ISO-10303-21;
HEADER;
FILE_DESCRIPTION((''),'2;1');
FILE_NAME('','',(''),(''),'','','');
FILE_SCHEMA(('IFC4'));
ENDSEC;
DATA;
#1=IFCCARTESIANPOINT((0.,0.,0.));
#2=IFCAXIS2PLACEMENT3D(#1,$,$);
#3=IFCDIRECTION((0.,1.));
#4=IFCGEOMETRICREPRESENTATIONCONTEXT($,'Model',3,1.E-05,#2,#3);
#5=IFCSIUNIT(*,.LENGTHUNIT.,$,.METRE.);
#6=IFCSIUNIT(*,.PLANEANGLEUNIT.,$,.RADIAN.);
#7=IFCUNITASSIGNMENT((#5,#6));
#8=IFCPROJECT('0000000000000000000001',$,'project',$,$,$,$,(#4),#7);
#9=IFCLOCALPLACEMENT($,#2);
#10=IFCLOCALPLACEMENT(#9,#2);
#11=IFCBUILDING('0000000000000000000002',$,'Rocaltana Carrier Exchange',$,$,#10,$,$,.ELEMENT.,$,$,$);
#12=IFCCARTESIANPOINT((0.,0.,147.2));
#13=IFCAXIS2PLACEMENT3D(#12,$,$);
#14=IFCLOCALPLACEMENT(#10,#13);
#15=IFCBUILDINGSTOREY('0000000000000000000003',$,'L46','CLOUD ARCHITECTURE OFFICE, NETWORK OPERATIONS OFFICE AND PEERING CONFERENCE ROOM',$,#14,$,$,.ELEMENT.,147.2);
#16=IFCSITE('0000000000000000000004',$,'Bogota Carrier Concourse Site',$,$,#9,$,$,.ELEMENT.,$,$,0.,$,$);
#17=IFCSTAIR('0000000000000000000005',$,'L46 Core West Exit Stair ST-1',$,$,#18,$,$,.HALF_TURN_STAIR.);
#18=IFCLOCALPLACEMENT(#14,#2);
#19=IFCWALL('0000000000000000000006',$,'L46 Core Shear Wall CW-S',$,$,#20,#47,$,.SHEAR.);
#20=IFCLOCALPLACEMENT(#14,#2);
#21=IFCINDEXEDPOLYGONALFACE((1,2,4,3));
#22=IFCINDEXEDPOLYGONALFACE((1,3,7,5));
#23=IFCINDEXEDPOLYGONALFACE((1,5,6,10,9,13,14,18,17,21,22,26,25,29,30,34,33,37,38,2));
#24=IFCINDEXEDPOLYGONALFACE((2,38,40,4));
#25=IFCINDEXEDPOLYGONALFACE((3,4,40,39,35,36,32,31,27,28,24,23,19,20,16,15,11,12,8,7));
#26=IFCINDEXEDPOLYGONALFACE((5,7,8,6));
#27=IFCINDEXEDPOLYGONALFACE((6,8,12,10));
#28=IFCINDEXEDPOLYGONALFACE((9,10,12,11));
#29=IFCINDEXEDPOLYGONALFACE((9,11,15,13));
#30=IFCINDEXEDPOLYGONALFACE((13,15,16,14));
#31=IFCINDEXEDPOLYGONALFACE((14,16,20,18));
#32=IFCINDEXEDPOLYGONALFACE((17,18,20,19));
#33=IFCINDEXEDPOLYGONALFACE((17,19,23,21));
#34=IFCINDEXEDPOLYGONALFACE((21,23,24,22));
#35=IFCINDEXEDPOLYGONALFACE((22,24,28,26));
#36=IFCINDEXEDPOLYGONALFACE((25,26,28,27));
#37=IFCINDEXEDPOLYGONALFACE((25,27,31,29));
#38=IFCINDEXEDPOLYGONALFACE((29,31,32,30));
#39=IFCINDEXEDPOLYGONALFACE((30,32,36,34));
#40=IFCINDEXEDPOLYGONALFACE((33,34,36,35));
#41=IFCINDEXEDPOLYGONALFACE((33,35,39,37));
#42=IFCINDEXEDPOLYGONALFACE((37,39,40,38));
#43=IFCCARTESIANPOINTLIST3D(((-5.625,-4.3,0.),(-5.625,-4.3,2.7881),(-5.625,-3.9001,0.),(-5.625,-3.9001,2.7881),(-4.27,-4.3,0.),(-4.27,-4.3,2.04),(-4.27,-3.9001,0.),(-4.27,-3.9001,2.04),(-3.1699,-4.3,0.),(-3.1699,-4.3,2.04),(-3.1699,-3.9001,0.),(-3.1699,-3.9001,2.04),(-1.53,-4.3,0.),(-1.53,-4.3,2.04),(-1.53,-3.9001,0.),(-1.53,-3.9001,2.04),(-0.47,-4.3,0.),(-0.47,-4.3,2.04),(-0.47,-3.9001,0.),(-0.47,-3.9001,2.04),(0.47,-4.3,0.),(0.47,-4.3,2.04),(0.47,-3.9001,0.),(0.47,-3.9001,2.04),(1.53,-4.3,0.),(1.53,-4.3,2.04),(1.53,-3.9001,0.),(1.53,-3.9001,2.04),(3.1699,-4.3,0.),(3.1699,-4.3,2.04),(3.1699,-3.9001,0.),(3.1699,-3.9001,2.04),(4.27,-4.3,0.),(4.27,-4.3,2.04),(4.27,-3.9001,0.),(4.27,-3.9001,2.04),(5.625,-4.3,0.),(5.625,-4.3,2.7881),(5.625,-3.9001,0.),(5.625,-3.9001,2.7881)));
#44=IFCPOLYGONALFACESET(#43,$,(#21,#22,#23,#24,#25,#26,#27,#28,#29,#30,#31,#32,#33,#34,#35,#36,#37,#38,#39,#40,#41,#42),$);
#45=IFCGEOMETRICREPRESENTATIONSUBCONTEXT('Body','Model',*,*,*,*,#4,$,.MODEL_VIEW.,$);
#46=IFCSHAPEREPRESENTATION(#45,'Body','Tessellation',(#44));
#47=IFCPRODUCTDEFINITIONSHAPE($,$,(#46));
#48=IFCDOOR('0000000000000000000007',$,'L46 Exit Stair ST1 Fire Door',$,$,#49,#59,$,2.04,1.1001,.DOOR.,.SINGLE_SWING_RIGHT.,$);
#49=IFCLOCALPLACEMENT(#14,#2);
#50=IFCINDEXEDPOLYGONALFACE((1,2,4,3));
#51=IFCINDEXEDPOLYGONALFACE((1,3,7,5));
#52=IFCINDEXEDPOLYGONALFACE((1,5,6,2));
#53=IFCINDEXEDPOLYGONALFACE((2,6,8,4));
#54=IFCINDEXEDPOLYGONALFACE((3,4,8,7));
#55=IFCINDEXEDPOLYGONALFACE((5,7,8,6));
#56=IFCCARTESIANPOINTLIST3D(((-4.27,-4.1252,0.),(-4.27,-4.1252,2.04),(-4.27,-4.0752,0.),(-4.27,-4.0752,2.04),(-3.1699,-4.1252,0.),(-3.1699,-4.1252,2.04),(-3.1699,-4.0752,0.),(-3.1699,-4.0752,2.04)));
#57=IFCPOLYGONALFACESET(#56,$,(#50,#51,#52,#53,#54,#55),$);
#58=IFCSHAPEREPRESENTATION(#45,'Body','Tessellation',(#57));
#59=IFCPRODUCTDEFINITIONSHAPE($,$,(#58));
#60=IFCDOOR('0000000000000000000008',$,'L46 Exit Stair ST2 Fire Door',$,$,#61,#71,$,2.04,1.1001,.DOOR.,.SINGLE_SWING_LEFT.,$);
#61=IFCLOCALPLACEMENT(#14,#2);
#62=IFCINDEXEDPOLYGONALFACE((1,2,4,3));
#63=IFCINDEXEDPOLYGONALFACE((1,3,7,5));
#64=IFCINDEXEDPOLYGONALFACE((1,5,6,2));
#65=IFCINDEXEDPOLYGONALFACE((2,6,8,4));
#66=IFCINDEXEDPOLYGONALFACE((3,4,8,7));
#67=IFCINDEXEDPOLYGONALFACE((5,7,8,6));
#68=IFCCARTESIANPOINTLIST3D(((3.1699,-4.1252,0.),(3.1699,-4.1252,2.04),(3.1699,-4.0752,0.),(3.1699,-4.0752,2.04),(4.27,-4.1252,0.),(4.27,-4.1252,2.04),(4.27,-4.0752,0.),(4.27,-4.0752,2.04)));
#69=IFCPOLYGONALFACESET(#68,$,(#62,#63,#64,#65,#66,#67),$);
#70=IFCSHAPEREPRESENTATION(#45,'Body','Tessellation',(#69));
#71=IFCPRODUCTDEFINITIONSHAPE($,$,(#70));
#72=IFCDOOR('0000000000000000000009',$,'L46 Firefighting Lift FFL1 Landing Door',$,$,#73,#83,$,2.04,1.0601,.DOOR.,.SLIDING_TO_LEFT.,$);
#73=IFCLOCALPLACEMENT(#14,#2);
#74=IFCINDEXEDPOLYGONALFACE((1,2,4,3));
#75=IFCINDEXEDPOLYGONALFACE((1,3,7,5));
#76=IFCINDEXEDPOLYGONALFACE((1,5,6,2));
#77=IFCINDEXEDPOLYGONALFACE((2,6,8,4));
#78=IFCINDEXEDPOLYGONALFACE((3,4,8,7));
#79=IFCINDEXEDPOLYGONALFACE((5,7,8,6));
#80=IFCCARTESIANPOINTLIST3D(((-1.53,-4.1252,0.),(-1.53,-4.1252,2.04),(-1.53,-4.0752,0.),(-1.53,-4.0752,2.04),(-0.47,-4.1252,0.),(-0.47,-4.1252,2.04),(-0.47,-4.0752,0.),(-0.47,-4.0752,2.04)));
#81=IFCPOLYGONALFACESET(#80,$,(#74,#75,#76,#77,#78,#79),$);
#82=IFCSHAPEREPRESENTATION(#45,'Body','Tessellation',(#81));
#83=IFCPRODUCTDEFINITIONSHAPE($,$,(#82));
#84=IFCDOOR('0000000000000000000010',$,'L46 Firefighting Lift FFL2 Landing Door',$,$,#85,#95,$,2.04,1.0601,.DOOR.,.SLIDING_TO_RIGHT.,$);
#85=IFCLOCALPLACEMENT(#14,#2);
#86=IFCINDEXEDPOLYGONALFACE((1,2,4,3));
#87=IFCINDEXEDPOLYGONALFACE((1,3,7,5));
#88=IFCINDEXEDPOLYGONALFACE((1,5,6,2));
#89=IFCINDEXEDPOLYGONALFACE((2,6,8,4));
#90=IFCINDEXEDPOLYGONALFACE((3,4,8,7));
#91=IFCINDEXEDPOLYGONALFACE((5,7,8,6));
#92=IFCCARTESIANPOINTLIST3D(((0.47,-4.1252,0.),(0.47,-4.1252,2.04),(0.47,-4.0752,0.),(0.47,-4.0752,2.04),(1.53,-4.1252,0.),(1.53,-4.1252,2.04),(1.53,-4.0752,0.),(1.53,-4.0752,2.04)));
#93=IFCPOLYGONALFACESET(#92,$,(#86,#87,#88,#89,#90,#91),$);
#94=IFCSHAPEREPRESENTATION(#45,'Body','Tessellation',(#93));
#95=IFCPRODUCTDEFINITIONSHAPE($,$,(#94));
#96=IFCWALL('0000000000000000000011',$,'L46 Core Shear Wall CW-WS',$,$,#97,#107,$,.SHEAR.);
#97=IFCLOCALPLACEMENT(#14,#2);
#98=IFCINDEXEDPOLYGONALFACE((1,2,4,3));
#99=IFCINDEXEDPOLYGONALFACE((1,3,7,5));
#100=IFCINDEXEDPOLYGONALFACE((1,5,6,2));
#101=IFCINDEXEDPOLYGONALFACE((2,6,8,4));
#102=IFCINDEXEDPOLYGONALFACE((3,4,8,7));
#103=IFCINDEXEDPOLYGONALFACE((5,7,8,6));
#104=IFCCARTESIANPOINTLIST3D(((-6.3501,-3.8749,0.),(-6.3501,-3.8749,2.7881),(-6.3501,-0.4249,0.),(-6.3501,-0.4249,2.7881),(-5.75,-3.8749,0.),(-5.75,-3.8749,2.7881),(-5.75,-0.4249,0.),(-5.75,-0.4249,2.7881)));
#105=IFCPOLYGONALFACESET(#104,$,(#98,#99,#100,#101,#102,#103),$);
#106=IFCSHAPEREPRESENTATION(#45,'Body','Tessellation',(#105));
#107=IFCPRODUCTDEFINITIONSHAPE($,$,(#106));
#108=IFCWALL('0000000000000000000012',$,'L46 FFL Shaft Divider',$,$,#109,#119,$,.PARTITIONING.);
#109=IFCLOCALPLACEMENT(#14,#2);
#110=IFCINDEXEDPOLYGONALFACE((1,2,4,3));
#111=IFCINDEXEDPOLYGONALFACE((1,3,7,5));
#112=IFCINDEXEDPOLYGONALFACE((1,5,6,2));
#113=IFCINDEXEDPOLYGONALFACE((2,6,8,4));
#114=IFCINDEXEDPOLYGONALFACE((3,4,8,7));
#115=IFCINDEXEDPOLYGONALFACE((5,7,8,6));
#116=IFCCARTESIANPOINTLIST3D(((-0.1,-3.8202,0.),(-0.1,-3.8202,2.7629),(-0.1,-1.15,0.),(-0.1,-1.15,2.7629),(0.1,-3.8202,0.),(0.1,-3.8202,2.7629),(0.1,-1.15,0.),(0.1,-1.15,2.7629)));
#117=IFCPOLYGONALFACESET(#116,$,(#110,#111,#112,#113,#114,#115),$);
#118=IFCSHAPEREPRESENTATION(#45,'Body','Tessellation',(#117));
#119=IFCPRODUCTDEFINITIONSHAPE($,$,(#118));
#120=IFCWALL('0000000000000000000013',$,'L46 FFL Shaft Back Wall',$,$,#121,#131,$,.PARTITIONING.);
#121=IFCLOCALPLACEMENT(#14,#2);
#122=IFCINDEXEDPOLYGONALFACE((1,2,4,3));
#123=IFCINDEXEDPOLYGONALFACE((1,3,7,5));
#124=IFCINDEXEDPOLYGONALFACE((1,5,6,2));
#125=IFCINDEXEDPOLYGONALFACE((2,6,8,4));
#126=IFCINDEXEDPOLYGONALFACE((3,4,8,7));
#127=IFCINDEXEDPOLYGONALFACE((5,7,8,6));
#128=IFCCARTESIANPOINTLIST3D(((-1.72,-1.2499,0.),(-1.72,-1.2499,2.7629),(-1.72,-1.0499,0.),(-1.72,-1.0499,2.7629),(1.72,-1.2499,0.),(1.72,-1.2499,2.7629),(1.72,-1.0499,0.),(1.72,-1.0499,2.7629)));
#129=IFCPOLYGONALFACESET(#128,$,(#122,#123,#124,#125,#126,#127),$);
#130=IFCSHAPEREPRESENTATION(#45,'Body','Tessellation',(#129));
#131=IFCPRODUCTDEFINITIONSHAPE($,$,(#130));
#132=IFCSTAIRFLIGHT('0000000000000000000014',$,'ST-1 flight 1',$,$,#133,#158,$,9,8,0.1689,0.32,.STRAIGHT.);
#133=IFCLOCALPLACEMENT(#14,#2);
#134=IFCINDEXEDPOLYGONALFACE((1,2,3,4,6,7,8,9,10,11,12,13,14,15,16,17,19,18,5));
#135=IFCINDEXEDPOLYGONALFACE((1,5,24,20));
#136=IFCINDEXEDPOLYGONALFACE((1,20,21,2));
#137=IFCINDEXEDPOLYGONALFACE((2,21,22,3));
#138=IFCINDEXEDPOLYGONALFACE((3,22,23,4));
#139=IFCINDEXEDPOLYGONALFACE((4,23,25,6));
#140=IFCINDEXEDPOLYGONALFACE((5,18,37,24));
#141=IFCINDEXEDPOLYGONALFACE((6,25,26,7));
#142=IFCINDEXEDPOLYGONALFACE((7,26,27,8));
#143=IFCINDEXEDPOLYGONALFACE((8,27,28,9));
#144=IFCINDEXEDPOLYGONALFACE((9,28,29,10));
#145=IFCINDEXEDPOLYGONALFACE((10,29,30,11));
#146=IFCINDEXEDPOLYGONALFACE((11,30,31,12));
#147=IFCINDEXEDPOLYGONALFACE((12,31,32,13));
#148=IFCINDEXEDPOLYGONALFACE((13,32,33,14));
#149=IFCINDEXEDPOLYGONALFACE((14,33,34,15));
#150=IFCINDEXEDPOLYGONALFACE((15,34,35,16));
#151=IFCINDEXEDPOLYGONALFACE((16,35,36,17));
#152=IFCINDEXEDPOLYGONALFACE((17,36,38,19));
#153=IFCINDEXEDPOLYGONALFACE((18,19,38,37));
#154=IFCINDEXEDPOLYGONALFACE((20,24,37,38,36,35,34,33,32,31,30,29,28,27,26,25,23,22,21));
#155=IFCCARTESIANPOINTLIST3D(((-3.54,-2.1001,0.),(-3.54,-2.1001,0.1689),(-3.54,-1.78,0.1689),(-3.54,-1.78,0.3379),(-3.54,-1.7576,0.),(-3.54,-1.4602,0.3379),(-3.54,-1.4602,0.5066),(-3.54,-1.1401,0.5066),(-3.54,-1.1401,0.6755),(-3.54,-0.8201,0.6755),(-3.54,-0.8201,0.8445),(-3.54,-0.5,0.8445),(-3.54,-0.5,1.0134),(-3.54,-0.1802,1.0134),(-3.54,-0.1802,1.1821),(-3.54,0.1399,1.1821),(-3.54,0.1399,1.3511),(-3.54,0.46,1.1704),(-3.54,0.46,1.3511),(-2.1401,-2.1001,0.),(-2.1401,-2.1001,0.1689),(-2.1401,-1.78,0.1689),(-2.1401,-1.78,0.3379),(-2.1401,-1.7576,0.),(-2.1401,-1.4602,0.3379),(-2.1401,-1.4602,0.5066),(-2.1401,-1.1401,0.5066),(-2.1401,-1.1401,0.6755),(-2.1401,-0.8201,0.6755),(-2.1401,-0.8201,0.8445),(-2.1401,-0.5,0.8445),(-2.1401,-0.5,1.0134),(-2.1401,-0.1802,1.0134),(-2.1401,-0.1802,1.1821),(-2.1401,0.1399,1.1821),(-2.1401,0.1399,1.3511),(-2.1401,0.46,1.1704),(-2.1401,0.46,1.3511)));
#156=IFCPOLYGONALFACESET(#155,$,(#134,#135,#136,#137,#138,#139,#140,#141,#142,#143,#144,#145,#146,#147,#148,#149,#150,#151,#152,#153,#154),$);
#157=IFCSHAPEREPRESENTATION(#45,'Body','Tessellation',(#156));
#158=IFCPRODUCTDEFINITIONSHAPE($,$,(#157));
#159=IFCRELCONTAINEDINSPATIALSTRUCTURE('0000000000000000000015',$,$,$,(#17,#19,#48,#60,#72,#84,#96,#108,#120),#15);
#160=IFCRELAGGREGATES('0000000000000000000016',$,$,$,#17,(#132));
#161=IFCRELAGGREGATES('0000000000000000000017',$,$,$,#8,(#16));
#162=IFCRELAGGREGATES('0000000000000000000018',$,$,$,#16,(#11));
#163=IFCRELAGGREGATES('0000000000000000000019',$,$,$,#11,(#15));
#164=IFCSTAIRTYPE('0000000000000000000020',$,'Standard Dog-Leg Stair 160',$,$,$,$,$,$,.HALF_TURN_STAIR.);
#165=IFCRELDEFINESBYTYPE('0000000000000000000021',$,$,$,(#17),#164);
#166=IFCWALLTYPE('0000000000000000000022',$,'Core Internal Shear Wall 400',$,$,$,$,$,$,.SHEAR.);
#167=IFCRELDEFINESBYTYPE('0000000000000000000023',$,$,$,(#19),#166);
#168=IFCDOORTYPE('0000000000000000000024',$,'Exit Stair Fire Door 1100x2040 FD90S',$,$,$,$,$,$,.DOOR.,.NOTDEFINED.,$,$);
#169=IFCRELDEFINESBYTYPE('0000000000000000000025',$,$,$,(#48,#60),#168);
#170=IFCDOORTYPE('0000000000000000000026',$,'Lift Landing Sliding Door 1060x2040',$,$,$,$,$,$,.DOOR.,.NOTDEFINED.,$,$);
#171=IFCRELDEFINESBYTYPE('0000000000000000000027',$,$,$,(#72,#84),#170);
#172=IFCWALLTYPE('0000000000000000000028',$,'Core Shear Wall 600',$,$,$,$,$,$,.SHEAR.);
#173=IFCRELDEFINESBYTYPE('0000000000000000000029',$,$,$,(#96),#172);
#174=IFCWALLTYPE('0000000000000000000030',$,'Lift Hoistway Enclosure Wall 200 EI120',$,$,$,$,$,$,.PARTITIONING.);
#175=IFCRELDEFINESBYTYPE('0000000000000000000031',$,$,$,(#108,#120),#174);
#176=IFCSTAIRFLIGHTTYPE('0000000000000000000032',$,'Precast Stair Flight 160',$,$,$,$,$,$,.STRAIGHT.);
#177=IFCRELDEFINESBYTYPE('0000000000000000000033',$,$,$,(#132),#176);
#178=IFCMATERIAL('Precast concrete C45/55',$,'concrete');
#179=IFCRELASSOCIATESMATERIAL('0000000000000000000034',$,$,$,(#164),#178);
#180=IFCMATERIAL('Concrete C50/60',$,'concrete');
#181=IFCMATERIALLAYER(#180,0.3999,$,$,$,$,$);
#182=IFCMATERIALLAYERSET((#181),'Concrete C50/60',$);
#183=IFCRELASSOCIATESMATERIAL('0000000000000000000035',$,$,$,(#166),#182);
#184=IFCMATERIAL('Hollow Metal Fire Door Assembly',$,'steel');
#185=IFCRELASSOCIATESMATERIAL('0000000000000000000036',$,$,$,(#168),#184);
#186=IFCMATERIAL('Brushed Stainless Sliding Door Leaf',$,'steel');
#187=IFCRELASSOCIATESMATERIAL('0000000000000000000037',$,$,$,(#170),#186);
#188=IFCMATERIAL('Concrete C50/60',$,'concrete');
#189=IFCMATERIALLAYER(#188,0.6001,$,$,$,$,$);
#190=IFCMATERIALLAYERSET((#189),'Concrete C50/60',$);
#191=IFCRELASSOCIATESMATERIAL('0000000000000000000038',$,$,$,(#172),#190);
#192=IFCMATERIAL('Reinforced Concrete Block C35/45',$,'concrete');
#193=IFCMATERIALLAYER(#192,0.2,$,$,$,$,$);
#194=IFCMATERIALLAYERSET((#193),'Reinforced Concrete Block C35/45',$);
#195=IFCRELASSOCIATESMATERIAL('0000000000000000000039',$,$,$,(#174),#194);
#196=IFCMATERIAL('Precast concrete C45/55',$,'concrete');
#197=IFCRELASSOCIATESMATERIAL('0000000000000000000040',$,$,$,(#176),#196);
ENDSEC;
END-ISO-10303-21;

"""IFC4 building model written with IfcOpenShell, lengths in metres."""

from ifc_helpers import new_model, si_unit, direction, frame, frame_2d, origin, place, context, subcontext, project, spatial, polyline, rectangle, outline, extrude, material, layer, layer_set, type_object, element, fill, aggregate, save


model = new_model("IFC4")

# Units and contexts
model_context = context("Model", 3, precision=1e-05, world=origin(), true_north=direction((0.0, 1.0)))
body_context = subcontext(model_context, "Body", "Model", "MODEL_VIEW")
ifc_project = project(units=[si_unit("LENGTHUNIT", "METRE"), si_unit("PLANEANGLEUNIT", "RADIAN")], contexts=[model_context])

# Site, building, storey
site_placement = place(None, origin())
site = spatial("IfcSite", under=ifc_project, at=site_placement, Name="Bogota Carrier Concourse Site", CompositionType="ELEMENT", RefElevation=0.0)
building_placement = place(site_placement, origin())
building = spatial("IfcBuilding", under=site, at=building_placement, Name="Rocaltana Carrier Exchange", CompositionType="ELEMENT")
storey_placement = place(building_placement, frame((0.0, 0.0, 147.2)))
storey = spatial("IfcBuildingStorey", under=building, at=storey_placement, Name="L46", Description="CLOUD ARCHITECTURE OFFICE, NETWORK OPERATIONS OFFICE AND PEERING CONFERENCE ROOM", CompositionType="ELEMENT", Elevation=147.2)

# Stair
ifc_material_1 = material(Name="Precast concrete C45/55", Category="concrete")
stair_type = type_object("IfcStairType", Name="Standard Dog-Leg Stair 160", PredefinedType="HALF_TURN_STAIR", material=ifc_material_1)
stair_1_placement = place(storey_placement, origin())
stair_1 = element("IfcStair", 1, at=stair_1_placement, inside=storey, type_object=stair_type, Name="L46 Core West Exit Stair ST-1", PredefinedType="HALF_TURN_STAIR")

# Wall, openings, doors
ifc_material_2 = material(Name="Concrete C50/60", Category="concrete")
ifc_layer_1 = layer(ifc_material_2, 0.3999)
ifc_layer_set_1 = layer_set([ifc_layer_1], Name="Concrete C50/60")
wall_type_1 = type_object("IfcWallType", Name="Core Internal Shear Wall 400", PredefinedType="SHEAR", material=ifc_layer_set_1)
wall_1_placement = place(storey_placement, frame((-5.625, -4.1001, 0.0), z_axis=(0.0, 0.0, 1.0), x_axis=(1.0, 0.0, 0.0)))
wall_1 = element("IfcWall", 2, at=wall_1_placement, inside=storey, type_object=wall_type_1, Name="L46 Core Shear Wall CW-S", PredefinedType="SHEAR", context=body_context, shape_type="SweptSolid", body=[
    extrude(rectangle(XDim=11.25, YDim=0.3999, at=frame_2d((5.625, 0.0))), origin(), (0.0, 0.0, 1.0), 2.7881),
])
opening_1_placement = place(wall_1_placement, frame((1.355, 0.0, 0.0)))
opening_1 = element("IfcOpeningElement", 3, at=opening_1_placement, cuts=wall_1, PredefinedType="OPENING", context=body_context, shape_type="SweptSolid", body=[
    extrude(rectangle(XDim=1.1001, YDim=2.04, at=frame_2d((0.55, 1.02))), frame((0.0, 0.21, 0.0), z_axis=(0.0, -1.0, 0.0), x_axis=(1.0, 0.0, 0.0)), (0.0, 0.0, 1.0), 0.4199),
])
opening_2_placement = place(wall_1_placement, frame((8.7949, 0.0, 0.0)))
opening_2 = element("IfcOpeningElement", 4, at=opening_2_placement, cuts=wall_1, PredefinedType="OPENING", context=body_context, shape_type="SweptSolid", body=[
    extrude(rectangle(XDim=1.1001, YDim=2.04, at=frame_2d((0.55, 1.02))), frame((0.0, 0.21, 0.0), z_axis=(0.0, -1.0, 0.0), x_axis=(1.0, 0.0, 0.0)), (0.0, 0.0, 1.0), 0.4199),
])
opening_3_placement = place(wall_1_placement, frame((4.095, 0.0, 0.0)))
opening_3 = element("IfcOpeningElement", 5, at=opening_3_placement, cuts=wall_1, PredefinedType="OPENING", context=body_context, shape_type="SweptSolid", body=[
    extrude(rectangle(XDim=1.0601, YDim=2.04, at=frame_2d((0.53, 1.02))), frame((0.0, 0.21, 0.0), z_axis=(0.0, -1.0, 0.0), x_axis=(1.0, 0.0, 0.0)), (0.0, 0.0, 1.0), 0.4199),
])
opening_4_placement = place(wall_1_placement, frame((6.095, 0.0, 0.0)))
opening_4 = element("IfcOpeningElement", 6, at=opening_4_placement, cuts=wall_1, PredefinedType="OPENING", context=body_context, shape_type="SweptSolid", body=[
    extrude(rectangle(XDim=1.0601, YDim=2.04, at=frame_2d((0.53, 1.02))), frame((0.0, 0.21, 0.0), z_axis=(0.0, -1.0, 0.0), x_axis=(1.0, 0.0, 0.0)), (0.0, 0.0, 1.0), 0.4199),
])
ifc_material_3 = material(Name="Hollow Metal Fire Door Assembly", Category="steel")
door_type_1 = type_object("IfcDoorType", Name="Exit Stair Fire Door 1100x2040 FD90S", OperationType="NOTDEFINED", PredefinedType="DOOR", material=ifc_material_3)
door_1_placement = place(opening_1_placement, origin())
door_1 = element("IfcDoor", 7, at=door_1_placement, inside=storey, type_object=door_type_1, Name="L46 Exit Stair ST1 Fire Door", OperationType="SINGLE_SWING_RIGHT", OverallHeight=2.04, OverallWidth=1.1001, PredefinedType="DOOR", context=body_context, shape_type="SweptSolid", body=[
    extrude(rectangle(XDim=1.1001, YDim=2.04, at=frame_2d((0.55, 1.02))), frame((0.0, 0.0249, 0.0), z_axis=(0.0, -1.0, 0.0), x_axis=(1.0, 0.0, 0.0)), (0.0, 0.0, 1.0), 0.05),
])
fill(opening_1, door_1)
door_2_placement = place(opening_2_placement, origin())
door_2 = element("IfcDoor", 8, at=door_2_placement, inside=storey, type_object=door_type_1, Name="L46 Exit Stair ST2 Fire Door", OperationType="SINGLE_SWING_LEFT", OverallHeight=2.04, OverallWidth=1.1001, PredefinedType="DOOR", context=body_context, shape_type="SweptSolid", body=[
    extrude(rectangle(XDim=1.1001, YDim=2.04, at=frame_2d((0.55, 1.02))), frame((0.0, 0.0249, 0.0), z_axis=(0.0, -1.0, 0.0), x_axis=(1.0, 0.0, 0.0)), (0.0, 0.0, 1.0), 0.05),
])
fill(opening_2, door_2)
ifc_material_4 = material(Name="Brushed Stainless Sliding Door Leaf", Category="steel")
door_type_2 = type_object("IfcDoorType", Name="Lift Landing Sliding Door 1060x2040", OperationType="NOTDEFINED", PredefinedType="DOOR", material=ifc_material_4)
door_3_placement = place(opening_3_placement, origin())
door_3 = element("IfcDoor", 9, at=door_3_placement, inside=storey, type_object=door_type_2, Name="L46 Firefighting Lift FFL1 Landing Door", OperationType="SLIDING_TO_LEFT", OverallHeight=2.04, OverallWidth=1.0601, PredefinedType="DOOR", context=body_context, shape_type="SweptSolid", body=[
    extrude(rectangle(XDim=1.0601, YDim=2.04, at=frame_2d((0.53, 1.02))), frame((0.0, 0.0249, 0.0), z_axis=(0.0, -1.0, 0.0), x_axis=(1.0, 0.0, 0.0)), (0.0, 0.0, 1.0), 0.05),
])
fill(opening_3, door_3)
door_4_placement = place(opening_4_placement, origin())
door_4 = element("IfcDoor", 10, at=door_4_placement, inside=storey, type_object=door_type_2, Name="L46 Firefighting Lift FFL2 Landing Door", OperationType="SLIDING_TO_RIGHT", OverallHeight=2.04, OverallWidth=1.0601, PredefinedType="DOOR", context=body_context, shape_type="SweptSolid", body=[
    extrude(rectangle(XDim=1.0601, YDim=2.04, at=frame_2d((0.53, 1.02))), frame((0.0, 0.0249, 0.0), z_axis=(0.0, -1.0, 0.0), x_axis=(1.0, 0.0, 0.0)), (0.0, 0.0, 1.0), 0.05),
])
fill(opening_4, door_4)

# Walls
ifc_material_5 = material(Name="Concrete C50/60", Category="concrete")
ifc_layer_2 = layer(ifc_material_5, 0.6001)
ifc_layer_set_2 = layer_set([ifc_layer_2], Name="Concrete C50/60")
wall_type_2 = type_object("IfcWallType", Name="Core Shear Wall 600", PredefinedType="SHEAR", material=ifc_layer_set_2)
wall_2_placement = place(storey_placement, frame((-6.05, -3.875, 0.0), z_axis=(0.0, 0.0, 1.0), x_axis=(0.0, 1.0, 0.0)))
element("IfcWall", 11, at=wall_2_placement, inside=storey, type_object=wall_type_2, Name="L46 Core Shear Wall CW-WS", PredefinedType="SHEAR", context=body_context, shape_type="SweptSolid", body=[
    extrude(rectangle(XDim=3.45, YDim=0.6001, at=frame_2d((1.7251, 0.0))), origin(), (0.0, 0.0, 1.0), 2.7881),
])
ifc_material_6 = material(Name="Reinforced Concrete Block C35/45", Category="concrete")
ifc_layer_3 = layer(ifc_material_6, 0.2)
ifc_layer_set_3 = layer_set([ifc_layer_3], Name="Reinforced Concrete Block C35/45")
wall_type_3 = type_object("IfcWallType", Name="Lift Hoistway Enclosure Wall 200 EI120", PredefinedType="PARTITIONING", material=ifc_layer_set_3)
wall_3_placement = place(storey_placement, frame((0.0, -3.8201, 0.0), z_axis=(0.0, 0.0, 1.0), x_axis=(0.0, 1.0, 0.0)))
element("IfcWall", 12, at=wall_3_placement, inside=storey, type_object=wall_type_3, Name="L46 FFL Shaft Divider", PredefinedType="PARTITIONING", context=body_context, shape_type="SweptSolid", body=[
    extrude(rectangle(XDim=2.6702, YDim=0.2, at=frame_2d((1.335, 0.0))), origin(), (0.0, 0.0, 1.0), 2.7629),
])
wall_4_placement = place(storey_placement, frame((-1.72, -1.1499, 0.0), z_axis=(0.0, 0.0, 1.0), x_axis=(1.0, 0.0, 0.0)))
element("IfcWall", 13, at=wall_4_placement, inside=storey, type_object=wall_type_3, Name="L46 FFL Shaft Back Wall", PredefinedType="PARTITIONING", context=body_context, shape_type="SweptSolid", body=[
    extrude(rectangle(XDim=3.4399, YDim=0.2, at=frame_2d((1.72, 0.0))), origin(), (0.0, 0.0, 1.0), 2.7629),
])

# Stair flight
ifc_material_7 = material(Name="Precast concrete C45/55", Category="concrete")
stair_flight_type = type_object("IfcStairFlightType", Name="Precast Stair Flight 160", PredefinedType="STRAIGHT", material=ifc_material_7)
stair_flight_placement = place(storey_placement, frame((-2.8401, -2.1001, 0.0), z_axis=(0.0, 0.0, 1.0), x_axis=(0.0, 1.0, 0.0)))
stair_flight = element("IfcStairFlight", 14, at=stair_flight_placement, type_object=stair_flight_type, Name="ST-1 flight 1", NumberOfRisers=9, NumberOfTreads=8, PredefinedType="STRAIGHT", RiserHeight=0.1689, TreadLength=0.32, context=body_context, shape_type="SweptSolid", body=[
    extrude(outline(polyline([(0.0, 0.0), (0.0, 0.1689), (0.3201, 0.1689), (0.3201, 0.3379), (0.6399, 0.3379), (0.6399, 0.5066), (0.96, 0.5066), (0.96, 0.6755), (1.28, 0.6755), (1.28, 0.8445), (1.6001, 0.8445), (1.6001, 1.0134), (1.9199, 1.0134), (1.9199, 1.1821), (2.24, 1.1821), (2.24, 1.3511), (2.5601, 1.3511), (2.5601, 1.52), (2.5601, 1.1704), (0.3425, 0.0), (0.0, 0.0)])), frame((0.0, 0.7, 0.0), z_axis=(0.0, -1.0, 0.0), x_axis=(1.0, 0.0, 0.0)), (0.0, 0.0, 1.0), 1.3999),
])
aggregate(stair_1, [stair_flight])

save(model, "model.ifc")
